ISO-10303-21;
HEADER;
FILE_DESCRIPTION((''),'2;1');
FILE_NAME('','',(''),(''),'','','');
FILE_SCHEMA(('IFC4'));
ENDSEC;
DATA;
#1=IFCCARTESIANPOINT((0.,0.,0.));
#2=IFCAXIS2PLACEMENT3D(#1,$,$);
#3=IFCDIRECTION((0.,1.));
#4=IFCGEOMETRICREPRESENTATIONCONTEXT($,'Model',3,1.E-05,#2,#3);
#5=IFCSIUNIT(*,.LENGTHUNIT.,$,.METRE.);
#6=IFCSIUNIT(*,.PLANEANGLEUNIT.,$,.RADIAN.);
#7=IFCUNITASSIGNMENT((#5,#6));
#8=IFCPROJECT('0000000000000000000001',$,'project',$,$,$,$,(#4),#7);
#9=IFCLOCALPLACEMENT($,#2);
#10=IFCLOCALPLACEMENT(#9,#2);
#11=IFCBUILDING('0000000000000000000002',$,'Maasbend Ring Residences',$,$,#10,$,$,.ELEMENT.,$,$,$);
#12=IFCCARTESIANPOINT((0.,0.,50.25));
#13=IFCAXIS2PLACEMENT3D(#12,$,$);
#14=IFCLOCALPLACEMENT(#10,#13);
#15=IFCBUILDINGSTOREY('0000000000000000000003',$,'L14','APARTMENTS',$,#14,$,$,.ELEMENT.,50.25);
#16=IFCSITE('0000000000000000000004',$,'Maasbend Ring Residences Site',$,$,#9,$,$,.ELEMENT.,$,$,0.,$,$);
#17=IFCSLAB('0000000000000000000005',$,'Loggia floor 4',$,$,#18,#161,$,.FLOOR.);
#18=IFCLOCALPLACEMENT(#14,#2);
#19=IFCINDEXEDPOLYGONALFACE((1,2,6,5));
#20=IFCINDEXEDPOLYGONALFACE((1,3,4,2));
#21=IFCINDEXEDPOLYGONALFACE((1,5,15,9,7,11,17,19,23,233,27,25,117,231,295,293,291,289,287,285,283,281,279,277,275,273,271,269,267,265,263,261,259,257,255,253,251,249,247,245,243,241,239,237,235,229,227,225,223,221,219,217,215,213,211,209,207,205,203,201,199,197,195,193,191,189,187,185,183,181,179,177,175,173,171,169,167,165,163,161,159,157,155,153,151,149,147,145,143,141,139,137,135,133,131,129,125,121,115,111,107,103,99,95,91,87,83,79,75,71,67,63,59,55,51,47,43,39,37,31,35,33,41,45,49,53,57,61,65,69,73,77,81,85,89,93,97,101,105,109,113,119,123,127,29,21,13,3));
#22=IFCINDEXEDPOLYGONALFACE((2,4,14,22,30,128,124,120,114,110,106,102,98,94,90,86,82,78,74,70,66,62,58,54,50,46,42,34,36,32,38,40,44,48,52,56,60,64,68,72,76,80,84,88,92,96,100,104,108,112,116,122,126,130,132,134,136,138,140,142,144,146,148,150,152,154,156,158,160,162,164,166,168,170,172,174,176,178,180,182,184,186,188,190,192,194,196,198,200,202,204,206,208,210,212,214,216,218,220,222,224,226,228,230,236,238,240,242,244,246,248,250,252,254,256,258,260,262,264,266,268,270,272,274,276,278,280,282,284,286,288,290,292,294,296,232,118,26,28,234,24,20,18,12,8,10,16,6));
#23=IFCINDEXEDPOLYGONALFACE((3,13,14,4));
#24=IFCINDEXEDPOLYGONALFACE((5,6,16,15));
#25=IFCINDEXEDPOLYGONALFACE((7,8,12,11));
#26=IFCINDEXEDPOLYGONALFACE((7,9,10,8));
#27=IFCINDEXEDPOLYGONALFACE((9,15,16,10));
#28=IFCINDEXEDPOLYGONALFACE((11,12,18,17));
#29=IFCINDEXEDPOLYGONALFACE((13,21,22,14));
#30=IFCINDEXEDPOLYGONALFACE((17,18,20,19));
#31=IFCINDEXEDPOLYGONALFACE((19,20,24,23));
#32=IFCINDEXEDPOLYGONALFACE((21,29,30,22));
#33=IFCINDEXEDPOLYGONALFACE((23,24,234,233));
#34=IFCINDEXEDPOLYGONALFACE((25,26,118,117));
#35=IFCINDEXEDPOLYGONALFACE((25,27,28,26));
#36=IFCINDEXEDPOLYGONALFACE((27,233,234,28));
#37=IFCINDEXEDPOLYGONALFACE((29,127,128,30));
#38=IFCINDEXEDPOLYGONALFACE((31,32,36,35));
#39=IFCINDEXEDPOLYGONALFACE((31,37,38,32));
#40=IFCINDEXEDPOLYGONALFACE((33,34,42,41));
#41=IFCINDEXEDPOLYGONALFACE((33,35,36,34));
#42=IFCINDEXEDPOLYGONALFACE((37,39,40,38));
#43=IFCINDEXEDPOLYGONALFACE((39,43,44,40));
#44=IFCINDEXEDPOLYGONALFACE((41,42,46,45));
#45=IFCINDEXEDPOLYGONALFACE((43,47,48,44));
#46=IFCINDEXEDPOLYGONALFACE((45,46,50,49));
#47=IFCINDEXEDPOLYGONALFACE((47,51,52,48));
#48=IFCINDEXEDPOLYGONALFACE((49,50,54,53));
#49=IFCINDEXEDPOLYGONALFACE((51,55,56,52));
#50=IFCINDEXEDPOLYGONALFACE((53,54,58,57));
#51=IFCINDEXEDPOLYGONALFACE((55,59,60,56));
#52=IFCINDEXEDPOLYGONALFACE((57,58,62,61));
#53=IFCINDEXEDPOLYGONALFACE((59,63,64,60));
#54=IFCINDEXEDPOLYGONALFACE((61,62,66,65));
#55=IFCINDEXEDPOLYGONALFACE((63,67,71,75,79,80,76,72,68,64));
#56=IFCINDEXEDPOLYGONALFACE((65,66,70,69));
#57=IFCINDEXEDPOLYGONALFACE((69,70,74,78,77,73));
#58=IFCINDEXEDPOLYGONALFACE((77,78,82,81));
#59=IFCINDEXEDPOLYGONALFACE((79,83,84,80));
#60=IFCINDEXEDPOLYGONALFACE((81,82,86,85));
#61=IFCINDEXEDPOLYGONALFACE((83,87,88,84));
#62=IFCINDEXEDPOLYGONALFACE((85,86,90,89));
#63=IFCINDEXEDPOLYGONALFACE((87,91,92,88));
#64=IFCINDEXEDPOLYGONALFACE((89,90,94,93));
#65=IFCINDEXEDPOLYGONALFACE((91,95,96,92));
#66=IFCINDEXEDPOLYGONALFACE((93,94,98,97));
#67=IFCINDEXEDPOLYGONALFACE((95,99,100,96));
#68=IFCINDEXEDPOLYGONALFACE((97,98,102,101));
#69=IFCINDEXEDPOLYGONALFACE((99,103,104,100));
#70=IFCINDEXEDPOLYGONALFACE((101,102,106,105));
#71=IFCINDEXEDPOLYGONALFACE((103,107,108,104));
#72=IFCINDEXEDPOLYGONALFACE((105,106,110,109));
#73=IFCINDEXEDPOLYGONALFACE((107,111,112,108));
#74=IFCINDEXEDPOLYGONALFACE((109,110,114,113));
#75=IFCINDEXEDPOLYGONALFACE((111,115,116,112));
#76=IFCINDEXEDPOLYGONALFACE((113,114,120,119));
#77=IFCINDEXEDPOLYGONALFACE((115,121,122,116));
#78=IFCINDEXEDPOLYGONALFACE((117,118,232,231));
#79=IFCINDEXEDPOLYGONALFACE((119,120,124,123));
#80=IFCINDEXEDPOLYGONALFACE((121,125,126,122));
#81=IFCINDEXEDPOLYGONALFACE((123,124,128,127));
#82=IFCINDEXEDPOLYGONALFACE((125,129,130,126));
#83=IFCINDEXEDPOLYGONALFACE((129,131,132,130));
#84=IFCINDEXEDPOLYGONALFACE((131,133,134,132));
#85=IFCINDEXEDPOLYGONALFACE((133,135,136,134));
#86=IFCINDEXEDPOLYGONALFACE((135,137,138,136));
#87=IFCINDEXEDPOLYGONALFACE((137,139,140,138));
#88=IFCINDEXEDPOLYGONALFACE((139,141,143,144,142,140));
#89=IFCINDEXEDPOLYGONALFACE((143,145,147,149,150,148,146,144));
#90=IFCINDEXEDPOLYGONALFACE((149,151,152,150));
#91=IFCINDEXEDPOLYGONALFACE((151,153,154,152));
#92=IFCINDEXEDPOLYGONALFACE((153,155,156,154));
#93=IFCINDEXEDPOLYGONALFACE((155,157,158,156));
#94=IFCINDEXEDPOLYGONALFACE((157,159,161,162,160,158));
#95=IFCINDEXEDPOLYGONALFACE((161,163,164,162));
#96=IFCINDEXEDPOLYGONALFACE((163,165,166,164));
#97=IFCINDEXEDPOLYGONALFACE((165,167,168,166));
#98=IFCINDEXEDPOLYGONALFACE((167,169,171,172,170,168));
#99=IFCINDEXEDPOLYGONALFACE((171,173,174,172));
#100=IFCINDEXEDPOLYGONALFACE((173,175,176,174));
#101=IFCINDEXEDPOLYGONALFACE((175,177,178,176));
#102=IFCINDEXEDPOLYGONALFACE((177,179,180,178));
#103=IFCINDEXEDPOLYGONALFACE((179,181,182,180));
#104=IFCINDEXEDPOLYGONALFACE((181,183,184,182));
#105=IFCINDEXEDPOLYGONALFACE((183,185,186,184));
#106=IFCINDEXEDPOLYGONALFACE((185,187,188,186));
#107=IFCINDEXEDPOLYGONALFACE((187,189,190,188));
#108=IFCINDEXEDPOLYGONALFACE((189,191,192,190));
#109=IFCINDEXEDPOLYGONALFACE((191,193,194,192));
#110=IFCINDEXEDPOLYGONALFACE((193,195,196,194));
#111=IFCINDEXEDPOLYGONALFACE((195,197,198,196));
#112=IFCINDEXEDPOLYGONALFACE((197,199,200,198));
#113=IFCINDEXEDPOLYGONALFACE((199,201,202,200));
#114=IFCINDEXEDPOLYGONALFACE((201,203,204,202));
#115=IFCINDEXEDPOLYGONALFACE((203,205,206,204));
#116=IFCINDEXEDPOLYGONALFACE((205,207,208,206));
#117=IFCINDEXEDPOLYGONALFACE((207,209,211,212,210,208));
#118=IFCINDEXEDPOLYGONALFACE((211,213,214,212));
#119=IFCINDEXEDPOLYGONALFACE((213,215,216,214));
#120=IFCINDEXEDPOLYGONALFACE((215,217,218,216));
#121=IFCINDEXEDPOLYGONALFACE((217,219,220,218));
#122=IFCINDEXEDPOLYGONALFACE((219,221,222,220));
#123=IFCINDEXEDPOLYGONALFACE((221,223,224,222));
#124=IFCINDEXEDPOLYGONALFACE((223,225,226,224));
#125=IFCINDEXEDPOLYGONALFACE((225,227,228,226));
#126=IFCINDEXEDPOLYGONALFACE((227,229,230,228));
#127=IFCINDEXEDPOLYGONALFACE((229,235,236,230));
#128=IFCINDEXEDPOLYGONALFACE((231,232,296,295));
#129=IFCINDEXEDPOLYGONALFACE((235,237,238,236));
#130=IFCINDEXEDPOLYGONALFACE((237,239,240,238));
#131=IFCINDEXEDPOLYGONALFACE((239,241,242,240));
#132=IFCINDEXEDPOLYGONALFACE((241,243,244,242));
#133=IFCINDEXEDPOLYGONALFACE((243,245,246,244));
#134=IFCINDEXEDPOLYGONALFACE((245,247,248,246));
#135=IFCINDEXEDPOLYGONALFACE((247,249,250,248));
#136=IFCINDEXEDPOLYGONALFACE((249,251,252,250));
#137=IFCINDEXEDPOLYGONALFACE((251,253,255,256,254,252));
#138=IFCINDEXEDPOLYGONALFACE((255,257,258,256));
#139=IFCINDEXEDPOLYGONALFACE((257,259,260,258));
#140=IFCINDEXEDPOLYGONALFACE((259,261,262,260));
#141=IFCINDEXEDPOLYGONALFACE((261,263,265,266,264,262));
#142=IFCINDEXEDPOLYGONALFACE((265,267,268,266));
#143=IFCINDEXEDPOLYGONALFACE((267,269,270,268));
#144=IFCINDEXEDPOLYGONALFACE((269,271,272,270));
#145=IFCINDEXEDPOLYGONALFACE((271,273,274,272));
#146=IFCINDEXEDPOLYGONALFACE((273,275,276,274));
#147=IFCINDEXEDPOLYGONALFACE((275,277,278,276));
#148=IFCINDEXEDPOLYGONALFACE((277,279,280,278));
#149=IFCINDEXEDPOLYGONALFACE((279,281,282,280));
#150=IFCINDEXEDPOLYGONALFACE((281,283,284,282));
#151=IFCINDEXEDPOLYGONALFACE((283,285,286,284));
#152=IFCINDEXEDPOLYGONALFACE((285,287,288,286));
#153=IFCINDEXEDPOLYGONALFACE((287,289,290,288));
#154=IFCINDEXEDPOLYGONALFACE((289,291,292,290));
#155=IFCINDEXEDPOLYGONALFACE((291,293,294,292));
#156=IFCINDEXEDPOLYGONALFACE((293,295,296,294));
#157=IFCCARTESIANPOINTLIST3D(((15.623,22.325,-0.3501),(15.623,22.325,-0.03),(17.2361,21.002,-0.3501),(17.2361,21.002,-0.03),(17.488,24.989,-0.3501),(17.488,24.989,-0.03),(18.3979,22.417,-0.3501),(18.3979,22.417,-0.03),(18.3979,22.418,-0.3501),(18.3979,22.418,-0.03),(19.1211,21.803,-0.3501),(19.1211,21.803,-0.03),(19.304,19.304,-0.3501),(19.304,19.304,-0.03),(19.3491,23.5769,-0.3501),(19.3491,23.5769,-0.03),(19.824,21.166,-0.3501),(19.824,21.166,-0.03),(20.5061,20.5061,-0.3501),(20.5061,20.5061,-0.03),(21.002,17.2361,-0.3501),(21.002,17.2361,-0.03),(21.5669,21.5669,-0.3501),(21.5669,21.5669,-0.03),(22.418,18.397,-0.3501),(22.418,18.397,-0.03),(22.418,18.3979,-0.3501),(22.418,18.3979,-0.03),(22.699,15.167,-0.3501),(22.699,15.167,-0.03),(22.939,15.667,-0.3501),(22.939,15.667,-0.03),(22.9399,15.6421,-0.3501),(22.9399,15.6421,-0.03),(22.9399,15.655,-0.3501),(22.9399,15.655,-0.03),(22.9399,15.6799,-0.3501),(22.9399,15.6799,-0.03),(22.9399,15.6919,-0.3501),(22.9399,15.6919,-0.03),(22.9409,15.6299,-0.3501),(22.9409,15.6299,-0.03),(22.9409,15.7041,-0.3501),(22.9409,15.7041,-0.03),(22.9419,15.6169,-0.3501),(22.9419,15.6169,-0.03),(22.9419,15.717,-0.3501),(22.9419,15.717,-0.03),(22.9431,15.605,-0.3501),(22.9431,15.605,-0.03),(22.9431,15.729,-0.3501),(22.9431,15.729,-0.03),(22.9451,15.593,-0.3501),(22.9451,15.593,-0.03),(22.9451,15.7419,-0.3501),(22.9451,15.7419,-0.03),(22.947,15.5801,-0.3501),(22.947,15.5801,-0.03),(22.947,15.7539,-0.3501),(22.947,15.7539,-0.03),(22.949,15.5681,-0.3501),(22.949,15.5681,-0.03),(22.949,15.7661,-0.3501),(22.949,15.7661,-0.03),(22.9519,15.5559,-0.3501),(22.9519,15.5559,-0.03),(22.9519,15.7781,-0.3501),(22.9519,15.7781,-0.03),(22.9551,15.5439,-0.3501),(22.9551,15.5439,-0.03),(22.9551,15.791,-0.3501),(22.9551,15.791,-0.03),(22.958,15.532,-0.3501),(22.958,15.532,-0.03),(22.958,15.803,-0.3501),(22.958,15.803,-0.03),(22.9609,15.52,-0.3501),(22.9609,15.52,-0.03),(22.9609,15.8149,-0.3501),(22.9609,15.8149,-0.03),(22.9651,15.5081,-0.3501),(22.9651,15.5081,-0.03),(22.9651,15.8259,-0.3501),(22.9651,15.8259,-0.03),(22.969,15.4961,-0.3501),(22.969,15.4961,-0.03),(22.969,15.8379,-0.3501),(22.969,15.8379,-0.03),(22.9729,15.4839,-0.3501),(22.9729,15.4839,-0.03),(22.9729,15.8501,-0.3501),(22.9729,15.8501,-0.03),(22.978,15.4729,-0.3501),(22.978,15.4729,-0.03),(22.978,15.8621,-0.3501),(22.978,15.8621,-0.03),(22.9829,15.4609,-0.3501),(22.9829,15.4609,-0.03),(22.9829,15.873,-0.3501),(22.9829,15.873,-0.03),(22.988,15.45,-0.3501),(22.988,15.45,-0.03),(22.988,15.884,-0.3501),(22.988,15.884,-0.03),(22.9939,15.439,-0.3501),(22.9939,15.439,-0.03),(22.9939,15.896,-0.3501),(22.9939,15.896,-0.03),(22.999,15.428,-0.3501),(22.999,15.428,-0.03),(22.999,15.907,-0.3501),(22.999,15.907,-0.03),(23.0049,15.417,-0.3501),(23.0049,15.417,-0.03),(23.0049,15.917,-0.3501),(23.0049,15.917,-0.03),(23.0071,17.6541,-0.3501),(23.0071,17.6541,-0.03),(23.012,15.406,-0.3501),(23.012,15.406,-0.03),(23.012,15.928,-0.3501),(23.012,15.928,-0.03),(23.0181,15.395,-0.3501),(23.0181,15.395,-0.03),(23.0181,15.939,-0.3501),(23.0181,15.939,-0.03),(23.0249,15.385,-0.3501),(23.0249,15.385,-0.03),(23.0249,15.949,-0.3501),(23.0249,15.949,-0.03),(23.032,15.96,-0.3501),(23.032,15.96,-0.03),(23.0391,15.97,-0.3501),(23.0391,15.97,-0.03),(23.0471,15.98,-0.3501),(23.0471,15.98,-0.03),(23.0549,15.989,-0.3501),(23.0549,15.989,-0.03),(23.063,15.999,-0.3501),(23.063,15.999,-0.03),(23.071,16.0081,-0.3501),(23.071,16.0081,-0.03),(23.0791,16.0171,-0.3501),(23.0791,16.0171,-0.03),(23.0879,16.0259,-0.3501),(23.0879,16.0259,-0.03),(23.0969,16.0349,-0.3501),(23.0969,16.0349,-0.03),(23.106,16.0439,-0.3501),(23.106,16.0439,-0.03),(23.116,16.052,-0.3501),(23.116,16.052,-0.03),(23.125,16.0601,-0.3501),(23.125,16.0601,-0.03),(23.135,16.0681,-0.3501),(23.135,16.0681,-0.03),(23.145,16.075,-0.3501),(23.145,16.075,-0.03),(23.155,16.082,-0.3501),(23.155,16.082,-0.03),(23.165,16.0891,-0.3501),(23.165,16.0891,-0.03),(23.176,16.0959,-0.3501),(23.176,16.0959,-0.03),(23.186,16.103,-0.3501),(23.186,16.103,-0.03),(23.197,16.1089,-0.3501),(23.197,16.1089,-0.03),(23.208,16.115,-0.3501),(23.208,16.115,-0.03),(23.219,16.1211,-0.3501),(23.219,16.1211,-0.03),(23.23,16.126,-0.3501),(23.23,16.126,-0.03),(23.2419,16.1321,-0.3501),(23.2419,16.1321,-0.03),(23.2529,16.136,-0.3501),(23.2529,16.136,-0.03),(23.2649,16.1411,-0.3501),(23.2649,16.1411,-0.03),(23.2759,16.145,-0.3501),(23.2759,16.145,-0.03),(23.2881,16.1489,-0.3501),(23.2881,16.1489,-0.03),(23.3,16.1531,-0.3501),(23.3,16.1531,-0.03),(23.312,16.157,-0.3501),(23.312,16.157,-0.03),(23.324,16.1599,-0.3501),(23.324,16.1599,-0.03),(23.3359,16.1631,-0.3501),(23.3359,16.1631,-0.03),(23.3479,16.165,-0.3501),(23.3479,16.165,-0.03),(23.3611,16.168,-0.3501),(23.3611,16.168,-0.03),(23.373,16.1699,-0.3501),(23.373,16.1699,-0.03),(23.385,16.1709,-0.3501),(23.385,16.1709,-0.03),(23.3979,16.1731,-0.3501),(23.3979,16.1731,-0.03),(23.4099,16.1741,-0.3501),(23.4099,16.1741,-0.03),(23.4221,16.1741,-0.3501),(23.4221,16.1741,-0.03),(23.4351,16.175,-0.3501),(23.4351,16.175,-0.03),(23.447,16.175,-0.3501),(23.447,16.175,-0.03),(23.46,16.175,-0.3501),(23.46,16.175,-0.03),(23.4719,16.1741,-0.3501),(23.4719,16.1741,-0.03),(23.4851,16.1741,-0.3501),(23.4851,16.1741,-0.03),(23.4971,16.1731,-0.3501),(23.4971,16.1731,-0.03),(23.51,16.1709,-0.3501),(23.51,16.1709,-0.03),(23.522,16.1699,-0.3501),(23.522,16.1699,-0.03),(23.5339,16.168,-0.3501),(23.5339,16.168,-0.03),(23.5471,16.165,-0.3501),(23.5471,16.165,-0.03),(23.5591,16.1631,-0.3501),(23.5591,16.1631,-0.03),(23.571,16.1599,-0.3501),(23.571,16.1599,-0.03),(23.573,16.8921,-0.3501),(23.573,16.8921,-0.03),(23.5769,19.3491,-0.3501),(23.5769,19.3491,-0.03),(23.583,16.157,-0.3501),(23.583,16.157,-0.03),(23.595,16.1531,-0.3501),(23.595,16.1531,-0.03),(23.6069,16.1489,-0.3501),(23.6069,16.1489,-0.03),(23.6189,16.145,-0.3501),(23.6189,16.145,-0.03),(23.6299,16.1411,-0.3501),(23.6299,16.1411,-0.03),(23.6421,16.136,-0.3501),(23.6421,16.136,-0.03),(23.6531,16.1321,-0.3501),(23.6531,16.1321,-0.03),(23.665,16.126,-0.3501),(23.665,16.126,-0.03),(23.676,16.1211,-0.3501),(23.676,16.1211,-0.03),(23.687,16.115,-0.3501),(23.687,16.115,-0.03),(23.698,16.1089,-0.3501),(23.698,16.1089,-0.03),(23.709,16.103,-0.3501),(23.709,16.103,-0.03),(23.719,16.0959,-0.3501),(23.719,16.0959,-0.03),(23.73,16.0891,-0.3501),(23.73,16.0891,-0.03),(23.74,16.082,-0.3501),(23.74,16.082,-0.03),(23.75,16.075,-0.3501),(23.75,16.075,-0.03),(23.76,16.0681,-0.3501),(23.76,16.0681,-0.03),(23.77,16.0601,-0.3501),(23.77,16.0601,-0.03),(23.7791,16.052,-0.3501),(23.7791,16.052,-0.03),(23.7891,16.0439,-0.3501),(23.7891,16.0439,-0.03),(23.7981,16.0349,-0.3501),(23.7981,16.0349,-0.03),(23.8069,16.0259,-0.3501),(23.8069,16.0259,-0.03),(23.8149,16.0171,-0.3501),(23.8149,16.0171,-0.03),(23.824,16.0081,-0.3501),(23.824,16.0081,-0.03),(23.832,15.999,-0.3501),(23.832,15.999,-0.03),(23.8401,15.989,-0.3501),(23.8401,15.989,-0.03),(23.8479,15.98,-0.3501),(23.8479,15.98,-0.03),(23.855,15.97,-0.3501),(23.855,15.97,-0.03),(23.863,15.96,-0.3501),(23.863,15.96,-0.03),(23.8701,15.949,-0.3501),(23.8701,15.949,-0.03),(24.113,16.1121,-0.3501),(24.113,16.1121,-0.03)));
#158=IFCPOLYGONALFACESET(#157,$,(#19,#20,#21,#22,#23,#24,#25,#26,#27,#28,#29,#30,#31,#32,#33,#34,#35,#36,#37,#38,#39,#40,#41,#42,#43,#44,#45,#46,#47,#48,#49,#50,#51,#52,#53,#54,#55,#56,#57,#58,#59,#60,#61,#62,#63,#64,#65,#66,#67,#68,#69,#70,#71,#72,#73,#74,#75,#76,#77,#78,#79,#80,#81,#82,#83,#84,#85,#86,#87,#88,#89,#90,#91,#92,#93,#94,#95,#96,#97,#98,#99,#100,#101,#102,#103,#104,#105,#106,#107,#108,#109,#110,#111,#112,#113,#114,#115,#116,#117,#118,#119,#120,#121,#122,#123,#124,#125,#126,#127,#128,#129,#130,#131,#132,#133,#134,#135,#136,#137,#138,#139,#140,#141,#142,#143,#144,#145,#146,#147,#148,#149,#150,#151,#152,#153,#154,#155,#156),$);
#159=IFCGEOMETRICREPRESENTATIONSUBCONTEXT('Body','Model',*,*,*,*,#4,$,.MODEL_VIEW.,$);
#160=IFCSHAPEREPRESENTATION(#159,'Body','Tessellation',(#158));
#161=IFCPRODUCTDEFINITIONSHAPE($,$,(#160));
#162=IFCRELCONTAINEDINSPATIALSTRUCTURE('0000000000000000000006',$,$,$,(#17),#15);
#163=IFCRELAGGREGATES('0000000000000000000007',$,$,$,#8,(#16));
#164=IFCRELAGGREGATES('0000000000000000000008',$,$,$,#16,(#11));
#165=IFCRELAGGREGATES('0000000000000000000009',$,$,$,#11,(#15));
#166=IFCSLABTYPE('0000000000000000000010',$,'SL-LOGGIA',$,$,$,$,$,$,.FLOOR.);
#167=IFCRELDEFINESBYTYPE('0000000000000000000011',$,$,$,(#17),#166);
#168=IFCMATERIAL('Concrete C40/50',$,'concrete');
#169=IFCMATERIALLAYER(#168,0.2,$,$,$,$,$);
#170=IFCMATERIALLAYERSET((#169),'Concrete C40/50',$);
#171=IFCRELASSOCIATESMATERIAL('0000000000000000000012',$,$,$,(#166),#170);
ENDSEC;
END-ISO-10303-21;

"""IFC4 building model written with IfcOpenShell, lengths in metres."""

from ifc_helpers import new_model, si_unit, direction, frame, origin, place, context, subcontext, project, spatial, polyline, outline, extrude, material, layer, layer_set, type_object, element, save


model = new_model("IFC4")

# Units and contexts
model_context = context("Model", 3, precision=1e-05, world=origin(), true_north=direction((0.0, 1.0)))
body_context = subcontext(model_context, "Body", "Model", "MODEL_VIEW")
ifc_project = project(units=[si_unit("LENGTHUNIT", "METRE"), si_unit("PLANEANGLEUNIT", "RADIAN")], contexts=[model_context])

# Site, building, storey
site_placement = place(None, origin())
site = spatial("IfcSite", under=ifc_project, at=site_placement, Name="Maasbend Ring Residences Site", CompositionType="ELEMENT", RefElevation=0.0)
building_placement = place(site_placement, origin())
building = spatial("IfcBuilding", under=site, at=building_placement, Name="Maasbend Ring Residences", CompositionType="ELEMENT")
storey_placement = place(building_placement, frame((0.0, 0.0, 50.25)))
storey = spatial("IfcBuildingStorey", under=building, at=storey_placement, Name="L14", Description="APARTMENTS", CompositionType="ELEMENT", Elevation=50.25)

# Slab
ifc_material_1 = material(Name="Concrete C40/50", Category="concrete")
ifc_layer_1 = layer(ifc_material_1, 0.2)
ifc_layer_set_1 = layer_set([ifc_layer_1], Name="Concrete C40/50")
slab_type_1 = type_object("IfcSlabType", Name="SL-LOGGIA", PredefinedType="FLOOR", material=ifc_layer_set_1)
slab_1_placement = place(storey_placement, frame((0.0, 0.0, -0.3501)))
element("IfcSlab", 1, at=slab_1_placement, inside=storey, type_object=slab_type_1, Name="Loggia floor 4", PredefinedType="FLOOR", context=body_context, shape_type="SweptSolid", body=[
    extrude(outline(polyline([(19.3491, 23.5769), (19.3491, 23.5769), (19.3491, 23.5769), (18.3979, 22.418), (18.3979, 22.418), (18.3979, 22.418), (18.3979, 22.418), (18.3979, 22.418), (18.3979, 22.417), (18.3979, 22.417), (18.3979, 22.417), (18.3979, 22.417), (18.3979, 22.417), (18.3979, 22.417), (18.3979, 22.417), (18.3979, 22.417), (18.3979, 22.417), (18.3979, 22.417), (18.3979, 22.417), (18.3979, 22.417), (19.1211, 21.803), (19.1211, 21.803), (19.824, 21.166), (19.824, 21.166), (20.5061, 20.5061), (20.5061, 20.5061), (20.5061, 20.5061), (20.5061, 20.5061), (20.5061, 20.5061), (20.5061, 20.5061), (20.5061, 20.5061), (20.5061, 20.5061), (20.5061, 20.5061), (20.5061, 20.5061), (20.5061, 20.5061), (20.5061, 20.5061), (20.5061, 20.5061), (20.5061, 20.5061), (20.5061, 20.5061), (20.5061, 20.5061), (20.5061, 20.5061), (21.5669, 21.5669), (21.5669, 21.5669), (21.5669, 21.5669), (23.5769, 19.3491), (23.5769, 19.3491), (23.5769, 19.3491), (22.418, 18.3979), (22.418, 18.3979), (22.418, 18.3979), (22.418, 18.3979), (22.418, 18.3979), (22.418, 18.3979), (22.418, 18.397), (22.418, 18.397), (22.418, 18.397), (22.418, 18.397), (22.418, 18.397), (22.418, 18.397), (22.418, 18.397), (22.418, 18.397), (22.418, 18.397), (22.418, 18.397), (22.418, 18.397), (23.0071, 17.6541), (23.0071, 17.6541), (23.573, 16.8921), (23.573, 16.8921), (24.113, 16.1121), (24.113, 16.1121), (24.113, 16.1121), (23.8701, 15.949), (23.8701, 15.949), (23.863, 15.96), (23.855, 15.97), (23.8479, 15.98), (23.8401, 15.989), (23.832, 15.999), (23.824, 16.0081), (23.8149, 16.0171), (23.8069, 16.0259), (23.7981, 16.0349), (23.7891, 16.0439), (23.7791, 16.052), (23.77, 16.0601), (23.76, 16.0681), (23.75, 16.075), (23.74, 16.082), (23.73, 16.0891), (23.719, 16.0959), (23.709, 16.103), (23.698, 16.1089), (23.687, 16.115), (23.676, 16.1211), (23.665, 16.126), (23.6531, 16.1321), (23.6421, 16.136), (23.6299, 16.1411), (23.6189, 16.145), (23.6069, 16.1489), (23.595, 16.1531), (23.583, 16.157), (23.571, 16.1599), (23.5591, 16.1631), (23.5471, 16.165), (23.5339, 16.168), (23.522, 16.1699), (23.51, 16.1709), (23.4971, 16.1731), (23.4851, 16.1741), (23.4719, 16.1741), (23.46, 16.175), (23.447, 16.175), (23.4351, 16.175), (23.4221, 16.1741), (23.4099, 16.1741), (23.3979, 16.1731), (23.385, 16.1709), (23.373, 16.1699), (23.3611, 16.168), (23.3479, 16.165), (23.3359, 16.1631), (23.324, 16.1599), (23.312, 16.157), (23.3, 16.1531), (23.2881, 16.1489), (23.2759, 16.145), (23.2649, 16.1411), (23.2529, 16.136), (23.2419, 16.1321), (23.23, 16.126), (23.219, 16.1211), (23.208, 16.115), (23.197, 16.1089), (23.186, 16.103), (23.176, 16.0959), (23.165, 16.0891), (23.155, 16.082), (23.145, 16.075), (23.135, 16.0681), (23.125, 16.0601), (23.116, 16.052), (23.106, 16.0439), (23.0969, 16.0349), (23.0879, 16.0259), (23.0791, 16.0171), (23.071, 16.0081), (23.063, 15.999), (23.0549, 15.989), (23.0471, 15.98), (23.0391, 15.97), (23.032, 15.96), (23.0249, 15.949), (23.0181, 15.939), (23.012, 15.928), (23.0049, 15.917), (22.999, 15.907), (22.9939, 15.896), (22.988, 15.884), (22.9829, 15.873), (22.978, 15.8621), (22.9729, 15.8501), (22.969, 15.8379), (22.9651, 15.8259), (22.9609, 15.8149), (22.958, 15.803), (22.9551, 15.791), (22.9519, 15.7781), (22.949, 15.7661), (22.947, 15.7539), (22.9451, 15.7419), (22.9431, 15.729), (22.9419, 15.717), (22.9409, 15.7041), (22.9399, 15.6919), (22.9399, 15.6799), (22.939, 15.667), (22.9399, 15.655), (22.9399, 15.6421), (22.9409, 15.6299), (22.9419, 15.6169), (22.9431, 15.605), (22.9451, 15.593), (22.947, 15.5801), (22.949, 15.5681), (22.9519, 15.5559), (22.9551, 15.5439), (22.958, 15.532), (22.9609, 15.52), (22.9651, 15.5081), (22.969, 15.4961), (22.9729, 15.4839), (22.978, 15.4729), (22.9829, 15.4609), (22.988, 15.45), (22.9939, 15.439), (22.999, 15.428), (23.0049, 15.417), (23.012, 15.406), (23.0181, 15.395), (23.0249, 15.385), (23.0249, 15.385), (22.699, 15.167), (22.699, 15.167), (22.699, 15.167), (21.002, 17.2361), (19.304, 19.304), (19.304, 19.304), (19.304, 19.304), (17.2361, 21.002), (15.623, 22.325), (15.623, 22.325), (15.623, 22.325), (17.488, 24.989), (17.488, 24.989), (17.488, 24.989), (19.3491, 23.5769)])), origin(), (0.0, 0.0, 1.0), 0.3201),
])

save(model, "model.ifc")
